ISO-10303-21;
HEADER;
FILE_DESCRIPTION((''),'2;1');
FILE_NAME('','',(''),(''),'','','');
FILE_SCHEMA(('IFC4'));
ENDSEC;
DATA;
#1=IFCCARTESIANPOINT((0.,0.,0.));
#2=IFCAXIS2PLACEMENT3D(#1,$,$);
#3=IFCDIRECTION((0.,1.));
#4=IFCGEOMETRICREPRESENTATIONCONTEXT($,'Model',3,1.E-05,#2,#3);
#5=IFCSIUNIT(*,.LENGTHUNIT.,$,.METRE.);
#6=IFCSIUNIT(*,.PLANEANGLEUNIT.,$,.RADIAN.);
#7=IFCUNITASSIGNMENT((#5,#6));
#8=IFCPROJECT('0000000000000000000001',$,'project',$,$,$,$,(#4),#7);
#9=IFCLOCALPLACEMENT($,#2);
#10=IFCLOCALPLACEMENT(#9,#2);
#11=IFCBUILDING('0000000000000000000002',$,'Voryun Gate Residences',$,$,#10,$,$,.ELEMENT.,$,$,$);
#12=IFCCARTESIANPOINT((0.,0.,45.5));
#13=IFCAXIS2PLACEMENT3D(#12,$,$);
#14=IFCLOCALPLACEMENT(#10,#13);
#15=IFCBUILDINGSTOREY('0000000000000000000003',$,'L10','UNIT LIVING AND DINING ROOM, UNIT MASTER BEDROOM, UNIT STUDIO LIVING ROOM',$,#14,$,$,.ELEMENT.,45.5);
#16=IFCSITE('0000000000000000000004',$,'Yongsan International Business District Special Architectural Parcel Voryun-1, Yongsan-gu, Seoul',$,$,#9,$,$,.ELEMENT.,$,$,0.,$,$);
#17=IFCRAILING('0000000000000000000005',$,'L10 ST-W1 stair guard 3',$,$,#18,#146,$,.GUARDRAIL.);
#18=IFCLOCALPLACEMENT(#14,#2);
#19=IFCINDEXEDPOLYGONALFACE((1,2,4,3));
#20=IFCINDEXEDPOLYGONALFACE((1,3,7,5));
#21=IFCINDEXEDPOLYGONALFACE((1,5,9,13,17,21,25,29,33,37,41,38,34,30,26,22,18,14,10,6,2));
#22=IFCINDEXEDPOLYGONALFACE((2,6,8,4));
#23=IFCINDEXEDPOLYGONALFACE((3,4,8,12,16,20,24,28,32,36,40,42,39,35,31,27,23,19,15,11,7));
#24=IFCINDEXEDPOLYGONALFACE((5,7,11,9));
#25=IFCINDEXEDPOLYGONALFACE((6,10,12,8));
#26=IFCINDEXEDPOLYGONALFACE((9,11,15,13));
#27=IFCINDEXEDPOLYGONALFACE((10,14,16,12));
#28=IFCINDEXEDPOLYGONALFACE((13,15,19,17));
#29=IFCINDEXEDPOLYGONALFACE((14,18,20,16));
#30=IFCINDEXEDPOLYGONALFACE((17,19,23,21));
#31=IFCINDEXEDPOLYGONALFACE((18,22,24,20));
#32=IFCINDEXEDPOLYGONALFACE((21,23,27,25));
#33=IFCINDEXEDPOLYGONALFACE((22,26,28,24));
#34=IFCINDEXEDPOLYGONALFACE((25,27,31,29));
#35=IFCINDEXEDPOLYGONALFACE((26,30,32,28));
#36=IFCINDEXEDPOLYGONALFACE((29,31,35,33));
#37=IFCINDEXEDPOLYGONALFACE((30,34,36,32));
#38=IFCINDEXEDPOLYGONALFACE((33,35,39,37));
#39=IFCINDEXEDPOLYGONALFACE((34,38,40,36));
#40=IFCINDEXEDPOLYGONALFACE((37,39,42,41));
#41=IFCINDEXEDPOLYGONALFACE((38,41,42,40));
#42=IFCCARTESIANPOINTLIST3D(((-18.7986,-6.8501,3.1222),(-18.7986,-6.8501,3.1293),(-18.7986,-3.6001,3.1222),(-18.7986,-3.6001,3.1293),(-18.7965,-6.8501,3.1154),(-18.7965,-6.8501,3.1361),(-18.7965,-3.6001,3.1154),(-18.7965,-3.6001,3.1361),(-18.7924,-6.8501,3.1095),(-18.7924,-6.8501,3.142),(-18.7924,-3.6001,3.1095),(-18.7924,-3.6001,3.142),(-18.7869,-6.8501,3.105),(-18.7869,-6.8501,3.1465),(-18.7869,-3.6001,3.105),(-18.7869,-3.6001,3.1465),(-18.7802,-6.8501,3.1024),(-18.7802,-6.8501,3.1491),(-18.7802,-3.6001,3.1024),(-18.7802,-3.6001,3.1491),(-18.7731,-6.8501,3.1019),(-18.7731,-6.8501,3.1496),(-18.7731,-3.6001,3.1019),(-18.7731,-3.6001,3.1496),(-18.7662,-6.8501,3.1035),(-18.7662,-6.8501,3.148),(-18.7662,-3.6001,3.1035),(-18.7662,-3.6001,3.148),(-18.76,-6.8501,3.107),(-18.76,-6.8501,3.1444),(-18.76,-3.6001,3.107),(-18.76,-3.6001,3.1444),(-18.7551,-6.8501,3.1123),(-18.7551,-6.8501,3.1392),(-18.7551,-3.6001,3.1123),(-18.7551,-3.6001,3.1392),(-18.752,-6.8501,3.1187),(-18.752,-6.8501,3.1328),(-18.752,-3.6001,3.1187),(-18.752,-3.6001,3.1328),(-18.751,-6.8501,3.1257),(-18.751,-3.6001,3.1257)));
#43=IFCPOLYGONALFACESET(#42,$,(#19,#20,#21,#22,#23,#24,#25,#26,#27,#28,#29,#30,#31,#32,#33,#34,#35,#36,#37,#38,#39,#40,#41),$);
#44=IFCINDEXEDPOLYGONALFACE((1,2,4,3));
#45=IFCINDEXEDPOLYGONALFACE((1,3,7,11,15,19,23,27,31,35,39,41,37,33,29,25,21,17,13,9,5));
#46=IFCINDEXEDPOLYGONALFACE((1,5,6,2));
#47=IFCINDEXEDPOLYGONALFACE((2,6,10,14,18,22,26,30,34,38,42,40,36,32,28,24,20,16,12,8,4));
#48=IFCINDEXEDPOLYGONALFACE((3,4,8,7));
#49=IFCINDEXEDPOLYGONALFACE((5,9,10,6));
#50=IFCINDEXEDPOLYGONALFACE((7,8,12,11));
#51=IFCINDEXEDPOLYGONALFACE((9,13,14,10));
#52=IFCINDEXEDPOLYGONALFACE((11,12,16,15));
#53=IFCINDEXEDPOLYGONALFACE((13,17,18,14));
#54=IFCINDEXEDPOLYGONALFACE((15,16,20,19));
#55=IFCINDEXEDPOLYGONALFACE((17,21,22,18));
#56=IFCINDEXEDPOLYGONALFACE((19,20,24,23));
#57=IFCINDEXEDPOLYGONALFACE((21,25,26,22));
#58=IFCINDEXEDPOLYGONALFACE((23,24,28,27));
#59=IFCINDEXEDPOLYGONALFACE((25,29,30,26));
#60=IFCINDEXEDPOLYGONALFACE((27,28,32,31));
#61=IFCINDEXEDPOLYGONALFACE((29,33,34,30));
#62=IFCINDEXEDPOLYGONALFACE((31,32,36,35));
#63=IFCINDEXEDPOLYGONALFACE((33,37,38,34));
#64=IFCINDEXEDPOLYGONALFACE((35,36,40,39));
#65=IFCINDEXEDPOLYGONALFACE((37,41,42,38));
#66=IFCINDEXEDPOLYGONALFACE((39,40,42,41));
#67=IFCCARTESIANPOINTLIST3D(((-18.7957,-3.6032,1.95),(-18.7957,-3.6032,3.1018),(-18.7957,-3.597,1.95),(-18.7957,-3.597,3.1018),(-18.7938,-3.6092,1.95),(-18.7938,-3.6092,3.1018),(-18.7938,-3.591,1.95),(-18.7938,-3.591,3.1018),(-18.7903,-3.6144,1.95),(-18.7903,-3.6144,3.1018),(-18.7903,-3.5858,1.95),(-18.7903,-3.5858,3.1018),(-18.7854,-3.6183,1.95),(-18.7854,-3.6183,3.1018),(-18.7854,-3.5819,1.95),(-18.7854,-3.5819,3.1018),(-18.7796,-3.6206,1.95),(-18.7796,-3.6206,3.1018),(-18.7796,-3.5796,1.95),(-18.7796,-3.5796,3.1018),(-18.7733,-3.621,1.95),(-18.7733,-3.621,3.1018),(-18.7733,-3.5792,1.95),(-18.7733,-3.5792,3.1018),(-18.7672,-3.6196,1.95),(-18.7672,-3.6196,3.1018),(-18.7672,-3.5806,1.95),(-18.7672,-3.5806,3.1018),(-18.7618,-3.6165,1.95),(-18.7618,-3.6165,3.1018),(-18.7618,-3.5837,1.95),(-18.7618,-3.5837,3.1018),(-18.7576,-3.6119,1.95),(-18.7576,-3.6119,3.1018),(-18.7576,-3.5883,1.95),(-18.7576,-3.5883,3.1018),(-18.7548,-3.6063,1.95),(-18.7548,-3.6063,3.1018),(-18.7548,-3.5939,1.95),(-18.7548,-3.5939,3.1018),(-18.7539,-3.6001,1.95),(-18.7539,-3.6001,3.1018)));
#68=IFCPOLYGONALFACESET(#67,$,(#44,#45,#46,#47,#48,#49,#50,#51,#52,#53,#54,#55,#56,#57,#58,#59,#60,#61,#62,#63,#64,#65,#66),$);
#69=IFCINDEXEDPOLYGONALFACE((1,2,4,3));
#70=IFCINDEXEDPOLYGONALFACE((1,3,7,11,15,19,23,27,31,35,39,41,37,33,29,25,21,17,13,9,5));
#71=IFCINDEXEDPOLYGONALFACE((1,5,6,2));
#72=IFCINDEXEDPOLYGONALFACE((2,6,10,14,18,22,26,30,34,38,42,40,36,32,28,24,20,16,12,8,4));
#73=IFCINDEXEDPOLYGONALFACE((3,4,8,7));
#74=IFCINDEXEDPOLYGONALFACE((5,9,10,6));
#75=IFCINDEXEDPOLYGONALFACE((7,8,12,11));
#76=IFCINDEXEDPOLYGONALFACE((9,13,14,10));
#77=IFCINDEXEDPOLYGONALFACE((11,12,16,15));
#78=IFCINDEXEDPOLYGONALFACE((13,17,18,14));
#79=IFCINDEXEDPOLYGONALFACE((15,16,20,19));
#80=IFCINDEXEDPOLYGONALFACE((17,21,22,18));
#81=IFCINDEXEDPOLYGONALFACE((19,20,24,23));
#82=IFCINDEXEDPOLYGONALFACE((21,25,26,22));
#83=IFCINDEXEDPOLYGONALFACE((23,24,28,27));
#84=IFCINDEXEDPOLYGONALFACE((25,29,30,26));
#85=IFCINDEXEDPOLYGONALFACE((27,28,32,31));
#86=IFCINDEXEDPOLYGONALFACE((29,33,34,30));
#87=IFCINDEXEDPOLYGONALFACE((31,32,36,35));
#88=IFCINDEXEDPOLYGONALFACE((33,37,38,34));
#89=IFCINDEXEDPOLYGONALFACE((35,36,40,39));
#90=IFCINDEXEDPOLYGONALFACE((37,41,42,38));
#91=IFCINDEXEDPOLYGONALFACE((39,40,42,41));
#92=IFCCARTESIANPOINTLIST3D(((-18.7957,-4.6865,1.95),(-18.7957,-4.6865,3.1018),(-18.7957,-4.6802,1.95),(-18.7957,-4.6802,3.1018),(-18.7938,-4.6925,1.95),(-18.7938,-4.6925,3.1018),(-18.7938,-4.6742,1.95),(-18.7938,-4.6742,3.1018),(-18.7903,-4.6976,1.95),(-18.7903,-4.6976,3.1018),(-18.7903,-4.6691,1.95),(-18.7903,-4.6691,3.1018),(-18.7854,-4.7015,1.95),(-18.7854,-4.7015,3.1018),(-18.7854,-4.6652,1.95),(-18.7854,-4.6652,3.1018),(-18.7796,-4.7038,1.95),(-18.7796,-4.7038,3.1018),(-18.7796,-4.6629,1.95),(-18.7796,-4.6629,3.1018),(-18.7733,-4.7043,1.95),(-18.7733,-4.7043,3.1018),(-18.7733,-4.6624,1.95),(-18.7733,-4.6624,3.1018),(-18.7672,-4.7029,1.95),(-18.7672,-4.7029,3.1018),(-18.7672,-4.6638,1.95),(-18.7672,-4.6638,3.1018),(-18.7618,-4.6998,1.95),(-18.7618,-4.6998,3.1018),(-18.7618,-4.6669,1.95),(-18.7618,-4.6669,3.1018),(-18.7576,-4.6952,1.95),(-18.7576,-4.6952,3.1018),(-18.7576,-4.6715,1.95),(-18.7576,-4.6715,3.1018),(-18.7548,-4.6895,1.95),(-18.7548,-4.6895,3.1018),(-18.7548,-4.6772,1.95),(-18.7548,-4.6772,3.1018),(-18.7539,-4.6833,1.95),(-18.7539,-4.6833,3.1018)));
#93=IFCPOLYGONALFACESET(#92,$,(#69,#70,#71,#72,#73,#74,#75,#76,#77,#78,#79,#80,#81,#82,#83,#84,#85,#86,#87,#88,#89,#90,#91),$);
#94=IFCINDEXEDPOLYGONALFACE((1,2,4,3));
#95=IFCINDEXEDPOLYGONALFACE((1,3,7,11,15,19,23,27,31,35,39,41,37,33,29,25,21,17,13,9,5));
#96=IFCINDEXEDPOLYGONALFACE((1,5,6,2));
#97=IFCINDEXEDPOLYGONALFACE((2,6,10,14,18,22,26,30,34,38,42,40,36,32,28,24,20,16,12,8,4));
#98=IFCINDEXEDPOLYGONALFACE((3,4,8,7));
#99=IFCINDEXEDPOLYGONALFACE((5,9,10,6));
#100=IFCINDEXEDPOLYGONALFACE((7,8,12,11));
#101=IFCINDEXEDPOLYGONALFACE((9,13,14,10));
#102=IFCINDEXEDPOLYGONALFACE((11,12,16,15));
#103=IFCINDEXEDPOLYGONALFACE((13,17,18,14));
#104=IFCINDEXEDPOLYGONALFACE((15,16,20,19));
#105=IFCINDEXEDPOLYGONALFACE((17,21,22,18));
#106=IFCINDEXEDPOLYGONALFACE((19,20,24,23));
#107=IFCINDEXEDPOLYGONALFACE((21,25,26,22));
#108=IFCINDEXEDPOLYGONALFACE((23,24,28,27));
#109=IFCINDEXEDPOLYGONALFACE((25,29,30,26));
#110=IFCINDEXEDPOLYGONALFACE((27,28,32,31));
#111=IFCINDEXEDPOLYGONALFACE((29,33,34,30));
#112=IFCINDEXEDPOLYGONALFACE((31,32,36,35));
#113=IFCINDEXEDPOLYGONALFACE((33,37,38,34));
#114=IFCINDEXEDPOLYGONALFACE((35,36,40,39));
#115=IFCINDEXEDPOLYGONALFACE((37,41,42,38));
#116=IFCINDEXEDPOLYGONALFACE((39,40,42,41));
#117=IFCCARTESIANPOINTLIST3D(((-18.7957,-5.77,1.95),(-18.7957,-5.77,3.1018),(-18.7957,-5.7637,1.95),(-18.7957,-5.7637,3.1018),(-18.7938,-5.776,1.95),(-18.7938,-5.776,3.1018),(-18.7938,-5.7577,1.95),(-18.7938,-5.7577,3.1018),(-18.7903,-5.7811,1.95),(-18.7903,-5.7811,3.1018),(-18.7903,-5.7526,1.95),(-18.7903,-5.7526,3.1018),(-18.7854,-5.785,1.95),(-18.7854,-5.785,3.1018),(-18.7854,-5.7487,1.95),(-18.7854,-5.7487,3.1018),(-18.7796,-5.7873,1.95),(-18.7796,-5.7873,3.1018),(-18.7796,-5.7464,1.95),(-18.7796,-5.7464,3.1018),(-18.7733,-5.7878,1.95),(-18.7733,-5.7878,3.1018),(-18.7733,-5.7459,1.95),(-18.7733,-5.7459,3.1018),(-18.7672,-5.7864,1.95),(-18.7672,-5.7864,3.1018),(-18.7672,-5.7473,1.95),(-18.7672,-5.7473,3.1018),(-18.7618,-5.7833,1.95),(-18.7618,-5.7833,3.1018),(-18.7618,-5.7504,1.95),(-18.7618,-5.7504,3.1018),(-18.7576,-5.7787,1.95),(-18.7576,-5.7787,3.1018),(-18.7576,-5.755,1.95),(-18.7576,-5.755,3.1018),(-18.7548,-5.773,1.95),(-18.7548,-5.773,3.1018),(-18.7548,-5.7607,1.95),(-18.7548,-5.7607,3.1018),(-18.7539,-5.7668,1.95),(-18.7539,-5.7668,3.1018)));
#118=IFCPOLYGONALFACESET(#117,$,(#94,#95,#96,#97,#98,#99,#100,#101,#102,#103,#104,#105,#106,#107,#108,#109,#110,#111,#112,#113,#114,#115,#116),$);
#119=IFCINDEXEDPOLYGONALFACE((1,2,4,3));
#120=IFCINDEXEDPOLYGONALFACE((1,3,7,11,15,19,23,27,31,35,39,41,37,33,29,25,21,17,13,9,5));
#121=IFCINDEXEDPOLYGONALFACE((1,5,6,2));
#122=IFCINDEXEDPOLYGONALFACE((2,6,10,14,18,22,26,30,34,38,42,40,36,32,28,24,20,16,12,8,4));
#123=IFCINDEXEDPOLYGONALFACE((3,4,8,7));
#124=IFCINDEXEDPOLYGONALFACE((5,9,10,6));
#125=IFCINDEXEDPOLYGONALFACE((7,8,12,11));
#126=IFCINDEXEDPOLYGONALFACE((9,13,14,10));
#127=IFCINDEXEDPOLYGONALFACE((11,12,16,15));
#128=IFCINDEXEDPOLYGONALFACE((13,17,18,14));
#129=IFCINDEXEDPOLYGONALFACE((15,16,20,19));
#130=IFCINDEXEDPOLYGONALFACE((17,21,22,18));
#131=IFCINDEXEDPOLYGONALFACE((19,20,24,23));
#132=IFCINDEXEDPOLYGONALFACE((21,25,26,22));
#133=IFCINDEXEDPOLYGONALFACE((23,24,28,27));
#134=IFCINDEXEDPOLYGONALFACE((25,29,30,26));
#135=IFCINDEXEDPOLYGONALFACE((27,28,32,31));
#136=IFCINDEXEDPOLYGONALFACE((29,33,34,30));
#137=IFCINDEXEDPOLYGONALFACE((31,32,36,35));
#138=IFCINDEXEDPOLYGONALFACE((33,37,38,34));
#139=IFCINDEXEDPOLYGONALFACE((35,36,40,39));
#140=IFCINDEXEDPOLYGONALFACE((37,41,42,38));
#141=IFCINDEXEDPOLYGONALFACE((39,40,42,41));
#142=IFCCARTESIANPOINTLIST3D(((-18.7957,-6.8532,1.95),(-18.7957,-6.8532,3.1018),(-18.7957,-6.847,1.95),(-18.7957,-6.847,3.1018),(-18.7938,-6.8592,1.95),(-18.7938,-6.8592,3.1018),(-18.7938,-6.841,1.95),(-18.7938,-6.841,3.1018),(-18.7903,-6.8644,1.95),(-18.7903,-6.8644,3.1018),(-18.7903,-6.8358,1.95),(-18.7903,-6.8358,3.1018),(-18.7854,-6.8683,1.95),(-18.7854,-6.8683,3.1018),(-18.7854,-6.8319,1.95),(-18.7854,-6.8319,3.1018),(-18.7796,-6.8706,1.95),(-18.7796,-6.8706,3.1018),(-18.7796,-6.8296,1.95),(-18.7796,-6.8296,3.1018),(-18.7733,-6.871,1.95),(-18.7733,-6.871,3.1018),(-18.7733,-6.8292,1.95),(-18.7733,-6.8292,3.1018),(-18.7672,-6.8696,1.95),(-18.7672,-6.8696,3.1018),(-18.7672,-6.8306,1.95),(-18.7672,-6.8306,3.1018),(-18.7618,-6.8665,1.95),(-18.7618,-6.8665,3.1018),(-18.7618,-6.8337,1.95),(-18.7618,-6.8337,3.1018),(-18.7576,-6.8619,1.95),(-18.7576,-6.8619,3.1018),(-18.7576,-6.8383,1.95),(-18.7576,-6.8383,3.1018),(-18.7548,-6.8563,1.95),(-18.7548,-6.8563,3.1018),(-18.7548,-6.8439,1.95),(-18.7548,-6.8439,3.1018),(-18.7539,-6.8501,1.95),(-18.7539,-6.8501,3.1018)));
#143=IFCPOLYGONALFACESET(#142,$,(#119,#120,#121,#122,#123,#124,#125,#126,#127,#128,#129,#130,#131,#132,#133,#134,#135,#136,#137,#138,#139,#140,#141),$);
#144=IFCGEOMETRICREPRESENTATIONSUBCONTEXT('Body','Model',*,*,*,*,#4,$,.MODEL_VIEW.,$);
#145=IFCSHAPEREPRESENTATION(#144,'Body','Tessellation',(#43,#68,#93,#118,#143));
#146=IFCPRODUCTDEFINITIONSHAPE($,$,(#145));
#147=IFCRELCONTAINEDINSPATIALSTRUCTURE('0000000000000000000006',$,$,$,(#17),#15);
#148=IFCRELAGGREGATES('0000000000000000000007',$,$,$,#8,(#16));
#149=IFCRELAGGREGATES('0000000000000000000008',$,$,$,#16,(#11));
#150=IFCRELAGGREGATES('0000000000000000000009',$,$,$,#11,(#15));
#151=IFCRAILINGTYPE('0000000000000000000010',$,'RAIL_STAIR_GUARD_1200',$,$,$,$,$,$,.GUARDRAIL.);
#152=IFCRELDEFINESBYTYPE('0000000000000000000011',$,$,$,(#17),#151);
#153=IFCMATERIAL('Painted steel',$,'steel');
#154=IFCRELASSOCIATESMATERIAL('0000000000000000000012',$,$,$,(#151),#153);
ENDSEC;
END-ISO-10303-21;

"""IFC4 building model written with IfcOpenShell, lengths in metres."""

from ifc_helpers import new_model, si_unit, direction, frame, origin, origin_2d, place, context, subcontext, project, spatial, circle, extrude, material, type_object, element, save


model = new_model("IFC4")

# Units and contexts
model_context = context("Model", 3, precision=1e-05, world=origin(), true_north=direction((0.0, 1.0)))
body_context = subcontext(model_context, "Body", "Model", "MODEL_VIEW")
ifc_project = project(units=[si_unit("LENGTHUNIT", "METRE"), si_unit("PLANEANGLEUNIT", "RADIAN")], contexts=[model_context])

# Site, building, storey
site_placement = place(None, origin())
site = spatial("IfcSite", under=ifc_project, at=site_placement, Name="Yongsan International Business District Special Architectural Parcel Voryun-1, Yongsan-gu, Seoul", CompositionType="ELEMENT", RefElevation=0.0)
building_placement = place(site_placement, origin())
building = spatial("IfcBuilding", under=site, at=building_placement, Name="Voryun Gate Residences", CompositionType="ELEMENT")
storey_placement = place(building_placement, frame((0.0, 0.0, 45.5)))
storey = spatial("IfcBuildingStorey", under=building, at=storey_placement, Name="L10", Description="UNIT LIVING AND DINING ROOM, UNIT MASTER BEDROOM, UNIT STUDIO LIVING ROOM", CompositionType="ELEMENT", Elevation=45.5)

# Railing
ifc_material_1 = material(Name="Painted steel", Category="steel")
railing_type_1 = type_object("IfcRailingType", Name="RAIL_STAIR_GUARD_1200", PredefinedType="GUARDRAIL", material=ifc_material_1)
for number, where, name in (
    (1, (-18.7749, -3.6001, 1.95), "L10 ST-W1 stair guard 3"),
):
    element("IfcRailing", number, at=place(storey_placement, frame(where)), inside=storey, type_object=railing_type_1, Name=name, PredefinedType="GUARDRAIL", context=body_context, shape_type="SweptSolid", body=[
        extrude(circle(Radius=0.0239, at=origin_2d()), frame((0.0, 0.0, 1.1758), z_axis=(0.0, -1.0, 0.0), x_axis=(1.0, 0.0, 0.0)), (0.0, 0.0, 1.0), 3.25),
        extrude(circle(Radius=0.021, at=origin_2d()), origin(), (0.0, 0.0, 1.0), 1.1519),
        extrude(circle(Radius=0.021, at=origin_2d()), frame((0.0, -1.0833, 0.0)), (0.0, 0.0, 1.0), 1.1519),
        extrude(circle(Radius=0.021, at=origin_2d()), frame((0.0, -2.1667, 0.0)), (0.0, 0.0, 1.0), 1.1519),
        extrude(circle(Radius=0.021, at=origin_2d()), frame((0.0, -3.25, 0.0)), (0.0, 0.0, 1.0), 1.1519),
    ])

save(model, "model.ifc")
